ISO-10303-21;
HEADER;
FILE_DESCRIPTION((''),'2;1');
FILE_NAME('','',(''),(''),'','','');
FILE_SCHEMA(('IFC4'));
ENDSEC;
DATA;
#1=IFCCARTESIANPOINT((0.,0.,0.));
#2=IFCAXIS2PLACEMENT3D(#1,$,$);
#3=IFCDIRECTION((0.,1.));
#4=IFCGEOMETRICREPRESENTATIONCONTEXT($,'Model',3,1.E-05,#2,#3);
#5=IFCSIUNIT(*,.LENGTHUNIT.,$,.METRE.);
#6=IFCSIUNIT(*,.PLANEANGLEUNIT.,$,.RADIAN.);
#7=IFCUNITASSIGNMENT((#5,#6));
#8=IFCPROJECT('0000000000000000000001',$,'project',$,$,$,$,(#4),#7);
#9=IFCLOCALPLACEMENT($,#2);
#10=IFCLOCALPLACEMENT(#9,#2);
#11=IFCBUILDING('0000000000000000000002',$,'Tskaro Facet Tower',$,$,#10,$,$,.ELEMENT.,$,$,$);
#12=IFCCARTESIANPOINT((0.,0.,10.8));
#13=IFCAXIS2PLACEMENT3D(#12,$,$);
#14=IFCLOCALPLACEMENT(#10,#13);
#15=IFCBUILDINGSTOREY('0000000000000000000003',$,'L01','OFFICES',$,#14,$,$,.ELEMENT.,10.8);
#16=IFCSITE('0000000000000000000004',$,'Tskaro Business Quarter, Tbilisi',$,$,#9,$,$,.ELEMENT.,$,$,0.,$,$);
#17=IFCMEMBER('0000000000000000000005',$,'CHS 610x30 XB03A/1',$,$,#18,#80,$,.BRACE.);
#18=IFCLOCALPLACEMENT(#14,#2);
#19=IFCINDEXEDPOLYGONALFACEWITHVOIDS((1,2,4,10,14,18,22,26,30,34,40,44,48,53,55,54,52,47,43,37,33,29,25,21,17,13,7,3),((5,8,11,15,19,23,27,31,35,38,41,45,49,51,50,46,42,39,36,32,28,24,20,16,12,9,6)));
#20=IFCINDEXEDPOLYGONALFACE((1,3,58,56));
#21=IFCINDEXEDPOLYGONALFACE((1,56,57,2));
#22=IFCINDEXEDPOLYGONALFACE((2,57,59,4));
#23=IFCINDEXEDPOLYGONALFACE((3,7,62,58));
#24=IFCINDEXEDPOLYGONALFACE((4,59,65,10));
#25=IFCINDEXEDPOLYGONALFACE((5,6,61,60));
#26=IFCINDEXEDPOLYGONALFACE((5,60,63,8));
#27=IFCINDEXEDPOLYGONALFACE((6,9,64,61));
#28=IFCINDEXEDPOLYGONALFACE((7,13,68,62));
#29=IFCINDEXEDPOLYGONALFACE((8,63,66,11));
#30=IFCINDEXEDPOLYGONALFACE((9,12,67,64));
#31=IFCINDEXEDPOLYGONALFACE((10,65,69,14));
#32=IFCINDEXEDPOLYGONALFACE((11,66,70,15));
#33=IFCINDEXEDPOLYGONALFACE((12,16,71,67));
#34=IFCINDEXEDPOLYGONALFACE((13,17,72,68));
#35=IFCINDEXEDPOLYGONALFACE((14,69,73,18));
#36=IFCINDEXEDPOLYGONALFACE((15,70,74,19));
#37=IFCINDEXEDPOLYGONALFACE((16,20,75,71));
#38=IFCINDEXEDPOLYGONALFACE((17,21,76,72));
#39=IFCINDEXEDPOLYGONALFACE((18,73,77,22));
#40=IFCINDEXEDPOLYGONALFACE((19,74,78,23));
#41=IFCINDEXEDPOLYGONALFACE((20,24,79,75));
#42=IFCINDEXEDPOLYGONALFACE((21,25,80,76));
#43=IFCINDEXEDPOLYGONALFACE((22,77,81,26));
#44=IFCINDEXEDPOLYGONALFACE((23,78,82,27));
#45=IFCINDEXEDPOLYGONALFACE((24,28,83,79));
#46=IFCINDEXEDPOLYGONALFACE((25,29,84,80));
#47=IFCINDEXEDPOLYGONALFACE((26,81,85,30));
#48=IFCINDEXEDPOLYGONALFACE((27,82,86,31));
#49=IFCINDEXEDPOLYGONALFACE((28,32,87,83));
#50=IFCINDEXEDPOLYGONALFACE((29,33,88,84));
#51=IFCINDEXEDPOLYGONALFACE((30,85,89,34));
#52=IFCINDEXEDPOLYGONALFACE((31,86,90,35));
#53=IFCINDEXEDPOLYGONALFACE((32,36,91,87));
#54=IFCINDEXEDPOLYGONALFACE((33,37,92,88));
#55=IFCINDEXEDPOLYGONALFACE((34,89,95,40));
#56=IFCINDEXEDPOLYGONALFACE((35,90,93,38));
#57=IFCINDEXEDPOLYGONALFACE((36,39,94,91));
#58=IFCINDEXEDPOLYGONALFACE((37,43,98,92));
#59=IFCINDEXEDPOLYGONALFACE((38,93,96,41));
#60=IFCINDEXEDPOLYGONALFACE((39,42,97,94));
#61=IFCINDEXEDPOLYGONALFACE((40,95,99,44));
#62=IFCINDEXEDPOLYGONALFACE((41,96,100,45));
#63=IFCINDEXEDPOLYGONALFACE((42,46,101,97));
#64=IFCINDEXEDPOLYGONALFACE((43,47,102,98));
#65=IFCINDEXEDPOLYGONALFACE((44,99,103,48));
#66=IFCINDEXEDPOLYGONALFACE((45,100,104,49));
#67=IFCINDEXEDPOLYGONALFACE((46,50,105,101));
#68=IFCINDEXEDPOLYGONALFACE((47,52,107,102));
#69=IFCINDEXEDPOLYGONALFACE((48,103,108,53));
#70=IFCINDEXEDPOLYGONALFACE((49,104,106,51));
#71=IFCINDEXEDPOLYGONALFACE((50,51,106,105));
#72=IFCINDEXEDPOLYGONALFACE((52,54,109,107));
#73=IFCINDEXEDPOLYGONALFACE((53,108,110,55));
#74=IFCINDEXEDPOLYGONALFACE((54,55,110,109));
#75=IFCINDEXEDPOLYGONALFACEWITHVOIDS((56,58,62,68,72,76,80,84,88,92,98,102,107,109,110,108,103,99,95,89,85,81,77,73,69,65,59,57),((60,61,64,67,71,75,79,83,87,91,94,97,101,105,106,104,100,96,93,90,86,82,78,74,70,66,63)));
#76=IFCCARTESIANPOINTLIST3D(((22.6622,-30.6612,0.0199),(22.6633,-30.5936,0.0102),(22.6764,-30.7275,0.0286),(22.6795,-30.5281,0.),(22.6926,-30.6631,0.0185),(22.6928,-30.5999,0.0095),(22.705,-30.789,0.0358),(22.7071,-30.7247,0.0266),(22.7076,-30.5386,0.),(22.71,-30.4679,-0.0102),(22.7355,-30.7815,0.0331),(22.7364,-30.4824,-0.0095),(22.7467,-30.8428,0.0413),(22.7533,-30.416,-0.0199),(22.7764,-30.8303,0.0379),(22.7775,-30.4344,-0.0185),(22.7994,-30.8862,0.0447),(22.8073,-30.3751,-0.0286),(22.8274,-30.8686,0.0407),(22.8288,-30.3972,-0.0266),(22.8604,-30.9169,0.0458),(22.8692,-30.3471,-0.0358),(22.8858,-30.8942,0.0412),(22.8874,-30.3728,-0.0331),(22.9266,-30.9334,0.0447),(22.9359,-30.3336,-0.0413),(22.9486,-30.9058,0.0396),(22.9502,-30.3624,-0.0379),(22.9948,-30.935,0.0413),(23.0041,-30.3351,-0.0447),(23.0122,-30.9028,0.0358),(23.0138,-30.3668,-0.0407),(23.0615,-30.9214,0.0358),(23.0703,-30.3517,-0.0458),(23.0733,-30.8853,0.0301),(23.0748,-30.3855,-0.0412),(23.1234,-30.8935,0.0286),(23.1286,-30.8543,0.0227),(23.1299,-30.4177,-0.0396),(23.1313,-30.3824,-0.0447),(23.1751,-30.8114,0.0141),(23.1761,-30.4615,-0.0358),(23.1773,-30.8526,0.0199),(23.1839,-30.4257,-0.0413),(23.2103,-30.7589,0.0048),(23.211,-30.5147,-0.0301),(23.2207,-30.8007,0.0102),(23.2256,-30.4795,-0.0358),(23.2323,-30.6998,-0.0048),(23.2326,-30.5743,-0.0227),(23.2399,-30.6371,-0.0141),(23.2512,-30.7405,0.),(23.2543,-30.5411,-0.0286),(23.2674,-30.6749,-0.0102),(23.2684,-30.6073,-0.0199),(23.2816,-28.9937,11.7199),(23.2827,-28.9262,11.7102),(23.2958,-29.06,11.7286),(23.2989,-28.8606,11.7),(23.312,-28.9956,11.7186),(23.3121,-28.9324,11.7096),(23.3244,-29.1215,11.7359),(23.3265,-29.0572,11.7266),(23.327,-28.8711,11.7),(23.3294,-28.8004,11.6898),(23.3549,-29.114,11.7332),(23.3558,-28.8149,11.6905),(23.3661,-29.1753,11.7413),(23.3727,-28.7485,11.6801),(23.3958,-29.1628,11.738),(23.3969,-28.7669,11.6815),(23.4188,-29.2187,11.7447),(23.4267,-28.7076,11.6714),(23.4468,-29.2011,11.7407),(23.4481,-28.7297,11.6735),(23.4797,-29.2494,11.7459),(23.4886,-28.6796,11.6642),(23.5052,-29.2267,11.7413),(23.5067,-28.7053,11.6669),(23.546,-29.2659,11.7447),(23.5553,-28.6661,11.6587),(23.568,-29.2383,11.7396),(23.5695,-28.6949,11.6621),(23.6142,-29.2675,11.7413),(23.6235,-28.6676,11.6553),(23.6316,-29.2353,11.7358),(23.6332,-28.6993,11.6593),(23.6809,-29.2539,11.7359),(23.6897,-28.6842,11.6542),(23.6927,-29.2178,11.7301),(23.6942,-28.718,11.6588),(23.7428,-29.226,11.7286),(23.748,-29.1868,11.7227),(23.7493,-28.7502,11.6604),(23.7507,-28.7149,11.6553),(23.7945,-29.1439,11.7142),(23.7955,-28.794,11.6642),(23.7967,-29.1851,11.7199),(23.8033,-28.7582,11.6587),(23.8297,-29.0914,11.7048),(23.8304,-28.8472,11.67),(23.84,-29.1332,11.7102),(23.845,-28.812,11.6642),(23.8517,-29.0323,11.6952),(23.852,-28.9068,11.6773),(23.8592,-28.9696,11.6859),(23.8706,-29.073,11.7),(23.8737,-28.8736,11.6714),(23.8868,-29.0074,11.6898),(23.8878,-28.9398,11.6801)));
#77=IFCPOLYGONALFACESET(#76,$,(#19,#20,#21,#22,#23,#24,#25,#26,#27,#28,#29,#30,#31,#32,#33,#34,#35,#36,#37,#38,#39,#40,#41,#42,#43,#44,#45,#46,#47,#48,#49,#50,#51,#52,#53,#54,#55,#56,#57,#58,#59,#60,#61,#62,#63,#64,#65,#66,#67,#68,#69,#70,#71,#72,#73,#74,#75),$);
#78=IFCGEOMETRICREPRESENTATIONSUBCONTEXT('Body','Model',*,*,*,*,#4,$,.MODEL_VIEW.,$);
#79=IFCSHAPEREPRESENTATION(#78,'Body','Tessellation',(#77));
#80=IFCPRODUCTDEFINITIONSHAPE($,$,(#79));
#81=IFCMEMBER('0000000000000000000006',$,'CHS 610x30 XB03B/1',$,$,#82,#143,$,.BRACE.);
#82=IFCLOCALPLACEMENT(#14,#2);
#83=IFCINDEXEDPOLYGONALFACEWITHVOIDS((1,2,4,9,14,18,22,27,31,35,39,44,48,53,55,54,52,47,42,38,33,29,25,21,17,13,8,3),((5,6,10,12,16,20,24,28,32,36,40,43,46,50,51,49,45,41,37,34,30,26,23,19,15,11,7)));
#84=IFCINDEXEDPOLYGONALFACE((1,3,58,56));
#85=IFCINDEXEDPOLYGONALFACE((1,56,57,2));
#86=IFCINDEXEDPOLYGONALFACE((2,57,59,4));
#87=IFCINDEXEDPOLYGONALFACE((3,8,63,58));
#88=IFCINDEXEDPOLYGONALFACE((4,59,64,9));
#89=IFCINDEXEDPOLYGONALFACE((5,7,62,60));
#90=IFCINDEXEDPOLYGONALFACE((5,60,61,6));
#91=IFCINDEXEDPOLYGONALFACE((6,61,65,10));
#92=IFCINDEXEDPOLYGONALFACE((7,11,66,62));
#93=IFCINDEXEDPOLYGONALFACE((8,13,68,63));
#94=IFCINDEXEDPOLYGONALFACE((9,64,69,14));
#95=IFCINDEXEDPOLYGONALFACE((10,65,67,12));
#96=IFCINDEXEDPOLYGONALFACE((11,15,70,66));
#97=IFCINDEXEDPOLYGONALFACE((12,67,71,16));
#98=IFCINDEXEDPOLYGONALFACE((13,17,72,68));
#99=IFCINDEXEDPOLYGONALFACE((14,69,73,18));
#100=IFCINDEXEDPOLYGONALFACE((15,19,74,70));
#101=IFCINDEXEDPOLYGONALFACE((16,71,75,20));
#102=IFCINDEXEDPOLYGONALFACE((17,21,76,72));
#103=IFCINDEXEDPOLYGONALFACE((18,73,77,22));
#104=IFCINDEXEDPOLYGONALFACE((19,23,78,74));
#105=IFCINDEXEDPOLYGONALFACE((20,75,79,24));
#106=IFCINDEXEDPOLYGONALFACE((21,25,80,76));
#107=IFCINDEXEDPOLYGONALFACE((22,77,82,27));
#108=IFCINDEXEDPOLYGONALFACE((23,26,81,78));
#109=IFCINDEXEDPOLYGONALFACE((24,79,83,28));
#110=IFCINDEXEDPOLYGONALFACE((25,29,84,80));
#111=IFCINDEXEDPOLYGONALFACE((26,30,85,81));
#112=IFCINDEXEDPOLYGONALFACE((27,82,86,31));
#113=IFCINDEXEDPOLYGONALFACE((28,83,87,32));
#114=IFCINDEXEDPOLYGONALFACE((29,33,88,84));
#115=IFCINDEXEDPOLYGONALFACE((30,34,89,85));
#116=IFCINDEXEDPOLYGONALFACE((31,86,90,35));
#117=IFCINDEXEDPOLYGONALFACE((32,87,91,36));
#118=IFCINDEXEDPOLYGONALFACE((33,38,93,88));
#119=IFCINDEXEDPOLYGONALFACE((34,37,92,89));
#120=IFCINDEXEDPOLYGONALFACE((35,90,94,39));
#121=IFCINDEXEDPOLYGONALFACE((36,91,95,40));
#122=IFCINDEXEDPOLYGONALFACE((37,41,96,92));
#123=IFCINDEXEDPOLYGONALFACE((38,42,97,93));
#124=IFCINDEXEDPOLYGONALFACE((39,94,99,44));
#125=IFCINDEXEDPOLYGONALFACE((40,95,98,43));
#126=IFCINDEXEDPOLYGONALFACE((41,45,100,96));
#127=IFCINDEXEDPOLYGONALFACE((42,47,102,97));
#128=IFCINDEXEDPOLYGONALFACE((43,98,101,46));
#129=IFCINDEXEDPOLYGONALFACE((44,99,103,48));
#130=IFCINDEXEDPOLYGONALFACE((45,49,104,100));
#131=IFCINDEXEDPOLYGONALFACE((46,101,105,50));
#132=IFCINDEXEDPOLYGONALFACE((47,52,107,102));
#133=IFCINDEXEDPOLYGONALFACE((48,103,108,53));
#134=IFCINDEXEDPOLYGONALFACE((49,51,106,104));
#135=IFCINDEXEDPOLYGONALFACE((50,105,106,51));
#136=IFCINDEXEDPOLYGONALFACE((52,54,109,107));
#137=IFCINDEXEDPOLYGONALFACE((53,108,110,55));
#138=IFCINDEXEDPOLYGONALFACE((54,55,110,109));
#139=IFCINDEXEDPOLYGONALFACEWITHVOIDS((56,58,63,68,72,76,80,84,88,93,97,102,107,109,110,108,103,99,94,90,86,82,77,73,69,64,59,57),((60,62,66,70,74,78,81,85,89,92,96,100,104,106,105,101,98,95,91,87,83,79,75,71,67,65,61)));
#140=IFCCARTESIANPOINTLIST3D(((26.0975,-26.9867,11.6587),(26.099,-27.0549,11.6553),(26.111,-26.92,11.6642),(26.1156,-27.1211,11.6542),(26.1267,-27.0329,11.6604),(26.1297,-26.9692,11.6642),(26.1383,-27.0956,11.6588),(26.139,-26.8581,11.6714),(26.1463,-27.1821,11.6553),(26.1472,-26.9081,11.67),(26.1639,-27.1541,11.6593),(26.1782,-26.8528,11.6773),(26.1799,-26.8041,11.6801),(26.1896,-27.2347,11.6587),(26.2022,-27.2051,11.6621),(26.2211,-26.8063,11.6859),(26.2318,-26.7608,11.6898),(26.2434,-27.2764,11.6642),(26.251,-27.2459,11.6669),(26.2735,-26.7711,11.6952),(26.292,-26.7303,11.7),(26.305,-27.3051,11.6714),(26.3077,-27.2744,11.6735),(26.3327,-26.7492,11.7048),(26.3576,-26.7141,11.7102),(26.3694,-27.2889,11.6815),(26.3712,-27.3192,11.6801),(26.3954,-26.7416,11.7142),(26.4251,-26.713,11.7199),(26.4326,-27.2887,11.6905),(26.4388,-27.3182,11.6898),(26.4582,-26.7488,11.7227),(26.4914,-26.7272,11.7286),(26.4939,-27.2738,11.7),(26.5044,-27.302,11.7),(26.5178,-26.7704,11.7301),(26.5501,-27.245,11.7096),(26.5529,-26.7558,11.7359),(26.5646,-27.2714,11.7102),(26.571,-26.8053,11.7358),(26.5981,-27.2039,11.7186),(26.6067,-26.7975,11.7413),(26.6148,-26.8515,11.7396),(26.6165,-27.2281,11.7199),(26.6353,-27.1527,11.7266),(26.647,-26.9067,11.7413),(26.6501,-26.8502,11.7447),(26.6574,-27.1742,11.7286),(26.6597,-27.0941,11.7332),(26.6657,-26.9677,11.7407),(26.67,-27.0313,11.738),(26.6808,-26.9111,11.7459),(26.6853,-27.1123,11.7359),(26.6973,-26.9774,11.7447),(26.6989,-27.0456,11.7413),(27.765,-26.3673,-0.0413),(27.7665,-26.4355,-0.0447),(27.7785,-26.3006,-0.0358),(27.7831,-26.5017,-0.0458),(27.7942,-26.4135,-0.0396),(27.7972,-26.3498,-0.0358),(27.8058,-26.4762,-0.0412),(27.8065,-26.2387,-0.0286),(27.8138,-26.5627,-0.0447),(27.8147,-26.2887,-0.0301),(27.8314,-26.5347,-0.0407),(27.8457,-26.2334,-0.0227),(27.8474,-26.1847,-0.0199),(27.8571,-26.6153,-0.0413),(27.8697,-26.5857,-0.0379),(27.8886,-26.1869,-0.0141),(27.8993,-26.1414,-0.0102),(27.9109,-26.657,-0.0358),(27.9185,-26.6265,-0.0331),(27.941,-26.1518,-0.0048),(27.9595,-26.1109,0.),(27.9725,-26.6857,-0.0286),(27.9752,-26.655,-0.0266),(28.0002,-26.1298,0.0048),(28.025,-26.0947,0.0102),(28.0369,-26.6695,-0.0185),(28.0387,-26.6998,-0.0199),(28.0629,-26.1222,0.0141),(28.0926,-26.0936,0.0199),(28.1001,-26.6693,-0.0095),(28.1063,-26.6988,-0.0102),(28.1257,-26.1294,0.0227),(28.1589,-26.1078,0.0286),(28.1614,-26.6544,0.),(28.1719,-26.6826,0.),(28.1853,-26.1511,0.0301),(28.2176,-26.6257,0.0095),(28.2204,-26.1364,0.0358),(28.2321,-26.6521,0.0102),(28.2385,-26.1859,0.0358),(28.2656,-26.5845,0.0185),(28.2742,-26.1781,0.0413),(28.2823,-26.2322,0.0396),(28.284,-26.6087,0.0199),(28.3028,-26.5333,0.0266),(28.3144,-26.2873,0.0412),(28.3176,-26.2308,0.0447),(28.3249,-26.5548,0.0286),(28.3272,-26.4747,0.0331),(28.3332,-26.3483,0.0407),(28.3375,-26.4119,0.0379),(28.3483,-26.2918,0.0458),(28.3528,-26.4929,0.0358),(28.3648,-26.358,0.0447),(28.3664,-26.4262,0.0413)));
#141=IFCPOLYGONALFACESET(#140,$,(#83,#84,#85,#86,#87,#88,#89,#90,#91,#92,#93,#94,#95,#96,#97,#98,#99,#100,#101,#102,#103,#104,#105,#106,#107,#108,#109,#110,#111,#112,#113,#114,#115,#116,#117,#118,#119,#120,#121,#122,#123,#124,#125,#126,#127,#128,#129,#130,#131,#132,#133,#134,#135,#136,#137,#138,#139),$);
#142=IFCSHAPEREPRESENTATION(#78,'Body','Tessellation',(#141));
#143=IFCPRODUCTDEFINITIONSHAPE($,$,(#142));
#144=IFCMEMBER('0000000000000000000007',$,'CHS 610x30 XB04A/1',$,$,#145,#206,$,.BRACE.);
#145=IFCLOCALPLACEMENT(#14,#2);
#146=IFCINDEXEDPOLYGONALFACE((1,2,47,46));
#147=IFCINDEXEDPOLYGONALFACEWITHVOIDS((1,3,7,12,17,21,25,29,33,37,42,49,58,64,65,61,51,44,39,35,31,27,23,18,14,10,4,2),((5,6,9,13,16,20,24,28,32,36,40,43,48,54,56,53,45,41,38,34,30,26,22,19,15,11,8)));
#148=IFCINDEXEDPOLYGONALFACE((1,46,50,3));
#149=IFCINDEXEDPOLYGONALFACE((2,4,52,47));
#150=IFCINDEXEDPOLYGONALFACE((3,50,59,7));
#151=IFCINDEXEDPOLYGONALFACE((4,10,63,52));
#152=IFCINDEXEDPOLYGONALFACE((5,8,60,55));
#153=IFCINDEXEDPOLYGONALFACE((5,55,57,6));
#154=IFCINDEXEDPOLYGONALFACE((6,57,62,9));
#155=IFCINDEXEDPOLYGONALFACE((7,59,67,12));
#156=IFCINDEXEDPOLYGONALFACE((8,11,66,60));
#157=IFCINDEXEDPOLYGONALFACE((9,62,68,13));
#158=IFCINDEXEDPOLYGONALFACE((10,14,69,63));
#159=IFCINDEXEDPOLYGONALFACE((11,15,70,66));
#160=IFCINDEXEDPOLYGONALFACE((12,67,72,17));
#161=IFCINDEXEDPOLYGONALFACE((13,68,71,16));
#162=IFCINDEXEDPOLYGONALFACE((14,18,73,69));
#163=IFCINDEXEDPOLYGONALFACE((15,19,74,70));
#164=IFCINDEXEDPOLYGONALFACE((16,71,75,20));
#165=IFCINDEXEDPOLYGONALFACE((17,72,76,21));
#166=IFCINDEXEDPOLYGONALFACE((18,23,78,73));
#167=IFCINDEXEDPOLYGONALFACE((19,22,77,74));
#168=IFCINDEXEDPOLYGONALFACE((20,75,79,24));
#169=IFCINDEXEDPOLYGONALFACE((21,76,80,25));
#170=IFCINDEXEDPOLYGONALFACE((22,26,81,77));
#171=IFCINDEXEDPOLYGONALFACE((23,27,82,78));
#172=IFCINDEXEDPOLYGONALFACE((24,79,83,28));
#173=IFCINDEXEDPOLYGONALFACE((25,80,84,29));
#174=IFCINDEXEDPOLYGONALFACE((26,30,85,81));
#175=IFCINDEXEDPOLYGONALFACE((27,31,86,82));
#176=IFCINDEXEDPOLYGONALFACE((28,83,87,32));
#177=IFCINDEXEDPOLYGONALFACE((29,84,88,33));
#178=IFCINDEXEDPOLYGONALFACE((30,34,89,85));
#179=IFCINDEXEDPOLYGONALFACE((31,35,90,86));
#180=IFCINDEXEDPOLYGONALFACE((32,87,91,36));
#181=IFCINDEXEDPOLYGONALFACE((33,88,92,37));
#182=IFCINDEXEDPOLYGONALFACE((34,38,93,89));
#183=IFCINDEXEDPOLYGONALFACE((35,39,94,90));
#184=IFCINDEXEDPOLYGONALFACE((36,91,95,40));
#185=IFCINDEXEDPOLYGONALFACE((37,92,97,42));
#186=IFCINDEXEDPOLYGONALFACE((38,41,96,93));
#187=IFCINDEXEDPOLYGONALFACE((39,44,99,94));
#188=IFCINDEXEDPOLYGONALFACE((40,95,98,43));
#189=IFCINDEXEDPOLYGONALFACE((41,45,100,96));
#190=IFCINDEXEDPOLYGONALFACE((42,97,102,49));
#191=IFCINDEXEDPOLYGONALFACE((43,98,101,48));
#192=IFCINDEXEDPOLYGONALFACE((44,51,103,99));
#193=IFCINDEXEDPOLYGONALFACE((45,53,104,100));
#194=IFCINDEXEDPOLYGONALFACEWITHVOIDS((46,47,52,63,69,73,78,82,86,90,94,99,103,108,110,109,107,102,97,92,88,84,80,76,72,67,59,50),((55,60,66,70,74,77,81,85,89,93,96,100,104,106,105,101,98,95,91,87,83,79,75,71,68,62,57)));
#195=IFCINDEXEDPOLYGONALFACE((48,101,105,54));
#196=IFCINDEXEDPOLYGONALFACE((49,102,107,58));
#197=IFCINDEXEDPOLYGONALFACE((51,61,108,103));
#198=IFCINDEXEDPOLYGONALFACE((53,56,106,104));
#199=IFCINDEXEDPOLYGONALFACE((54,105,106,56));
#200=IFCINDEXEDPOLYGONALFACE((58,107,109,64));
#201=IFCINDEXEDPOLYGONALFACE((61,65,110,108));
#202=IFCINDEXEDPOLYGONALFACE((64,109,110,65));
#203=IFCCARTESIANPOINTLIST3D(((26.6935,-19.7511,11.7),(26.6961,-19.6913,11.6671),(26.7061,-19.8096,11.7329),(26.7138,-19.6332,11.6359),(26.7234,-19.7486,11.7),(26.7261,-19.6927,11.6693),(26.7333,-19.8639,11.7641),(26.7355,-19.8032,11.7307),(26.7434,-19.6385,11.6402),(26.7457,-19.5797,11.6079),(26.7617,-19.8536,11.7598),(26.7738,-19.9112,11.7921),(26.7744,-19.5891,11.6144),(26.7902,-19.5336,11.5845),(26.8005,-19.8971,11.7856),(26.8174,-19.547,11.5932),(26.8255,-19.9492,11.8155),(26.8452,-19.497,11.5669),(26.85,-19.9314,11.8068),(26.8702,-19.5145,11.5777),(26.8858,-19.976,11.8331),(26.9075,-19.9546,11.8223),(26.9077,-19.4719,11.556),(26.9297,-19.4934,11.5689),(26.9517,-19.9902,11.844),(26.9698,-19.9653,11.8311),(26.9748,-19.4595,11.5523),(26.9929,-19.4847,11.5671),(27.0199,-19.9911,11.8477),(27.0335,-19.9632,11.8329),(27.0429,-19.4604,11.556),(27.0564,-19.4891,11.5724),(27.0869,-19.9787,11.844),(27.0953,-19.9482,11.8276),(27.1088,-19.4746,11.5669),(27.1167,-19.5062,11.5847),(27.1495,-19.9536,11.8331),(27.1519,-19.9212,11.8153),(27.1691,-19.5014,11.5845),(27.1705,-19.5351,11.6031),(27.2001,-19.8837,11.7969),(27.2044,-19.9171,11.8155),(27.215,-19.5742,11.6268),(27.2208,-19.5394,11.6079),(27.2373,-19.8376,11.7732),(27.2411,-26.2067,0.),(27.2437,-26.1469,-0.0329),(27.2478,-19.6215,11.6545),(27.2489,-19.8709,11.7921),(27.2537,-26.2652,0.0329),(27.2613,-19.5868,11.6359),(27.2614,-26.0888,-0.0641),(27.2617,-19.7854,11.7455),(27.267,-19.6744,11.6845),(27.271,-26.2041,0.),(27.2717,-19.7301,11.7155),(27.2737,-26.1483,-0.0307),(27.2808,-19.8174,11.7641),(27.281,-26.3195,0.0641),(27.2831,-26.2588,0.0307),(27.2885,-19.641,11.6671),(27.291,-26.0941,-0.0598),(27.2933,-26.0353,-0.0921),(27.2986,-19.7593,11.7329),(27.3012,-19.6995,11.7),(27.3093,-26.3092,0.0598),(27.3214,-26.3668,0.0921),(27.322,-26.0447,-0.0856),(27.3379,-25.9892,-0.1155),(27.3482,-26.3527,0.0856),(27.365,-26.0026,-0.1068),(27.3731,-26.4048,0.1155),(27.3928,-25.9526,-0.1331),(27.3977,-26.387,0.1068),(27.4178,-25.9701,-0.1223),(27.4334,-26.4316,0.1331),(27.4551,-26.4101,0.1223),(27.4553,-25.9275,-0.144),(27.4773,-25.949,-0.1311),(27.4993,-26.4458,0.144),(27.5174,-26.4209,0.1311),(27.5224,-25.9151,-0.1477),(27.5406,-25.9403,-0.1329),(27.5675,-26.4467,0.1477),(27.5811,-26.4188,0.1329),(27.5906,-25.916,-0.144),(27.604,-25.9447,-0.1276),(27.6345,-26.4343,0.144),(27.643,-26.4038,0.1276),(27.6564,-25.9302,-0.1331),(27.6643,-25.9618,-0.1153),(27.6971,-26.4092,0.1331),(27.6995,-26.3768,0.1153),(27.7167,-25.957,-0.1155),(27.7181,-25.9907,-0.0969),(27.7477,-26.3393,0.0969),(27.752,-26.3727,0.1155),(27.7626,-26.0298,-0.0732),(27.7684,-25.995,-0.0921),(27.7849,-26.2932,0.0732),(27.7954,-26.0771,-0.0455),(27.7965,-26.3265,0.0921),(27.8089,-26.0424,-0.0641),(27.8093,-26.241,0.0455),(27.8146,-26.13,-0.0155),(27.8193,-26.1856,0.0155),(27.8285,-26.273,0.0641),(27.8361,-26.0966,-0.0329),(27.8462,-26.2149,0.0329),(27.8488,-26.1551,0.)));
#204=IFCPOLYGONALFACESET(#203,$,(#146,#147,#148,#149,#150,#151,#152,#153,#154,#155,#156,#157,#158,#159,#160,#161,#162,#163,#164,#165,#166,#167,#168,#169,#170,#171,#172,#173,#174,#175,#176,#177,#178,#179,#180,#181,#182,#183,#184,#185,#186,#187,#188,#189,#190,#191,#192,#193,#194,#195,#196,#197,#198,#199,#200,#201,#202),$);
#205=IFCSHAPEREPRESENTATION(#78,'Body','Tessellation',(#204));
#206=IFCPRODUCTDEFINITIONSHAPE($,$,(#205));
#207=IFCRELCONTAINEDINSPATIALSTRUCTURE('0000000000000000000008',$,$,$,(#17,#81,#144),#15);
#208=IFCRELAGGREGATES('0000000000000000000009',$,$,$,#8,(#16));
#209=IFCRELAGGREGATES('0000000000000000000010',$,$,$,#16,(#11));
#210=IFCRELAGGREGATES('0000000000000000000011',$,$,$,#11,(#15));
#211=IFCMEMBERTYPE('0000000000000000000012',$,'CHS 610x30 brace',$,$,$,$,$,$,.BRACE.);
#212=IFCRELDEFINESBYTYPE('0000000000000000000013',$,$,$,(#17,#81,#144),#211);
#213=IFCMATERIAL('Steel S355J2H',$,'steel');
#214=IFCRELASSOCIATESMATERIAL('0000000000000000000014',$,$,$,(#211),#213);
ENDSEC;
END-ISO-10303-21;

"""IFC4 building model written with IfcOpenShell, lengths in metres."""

from ifc_helpers import new_model, si_unit, direction, frame, origin, origin_2d, place, context, subcontext, project, spatial, hollow_circle, extrude, material, material_profile, profile_set, type_object, element, save


model = new_model("IFC4")

# Units and contexts
model_context = context("Model", 3, precision=1e-05, world=origin(), true_north=direction((0.0, 1.0)))
body_context = subcontext(model_context, "Body", "Model", "MODEL_VIEW")
ifc_project = project(units=[si_unit("LENGTHUNIT", "METRE"), si_unit("PLANEANGLEUNIT", "RADIAN")], contexts=[model_context])

# Site, building, storey
site_placement = place(None, origin())
site = spatial("IfcSite", under=ifc_project, at=site_placement, Name="Tskaro Business Quarter, Tbilisi", CompositionType="ELEMENT", RefElevation=0.0)
building_placement = place(site_placement, origin())
building = spatial("IfcBuilding", under=site, at=building_placement, Name="Tskaro Facet Tower", CompositionType="ELEMENT")
storey_placement = place(building_placement, frame((0.0, 0.0, 10.8)))
storey = spatial("IfcBuildingStorey", under=building, at=storey_placement, Name="L01", Description="OFFICES", CompositionType="ELEMENT", Elevation=10.8)

# Shared definitions
ifc_material_1 = material(Name="Steel S355J2H", Category="steel")

# Members
ifc_material_profile_1 = material_profile(ifc_material_1, hollow_circle(Radius=0.3049, WallThickness=0.03, at=origin_2d()), Name="CHS 610x30")
ifc_profile_set_1 = profile_set([ifc_material_profile_1], Name="Steel S355J2H")
member_type_1 = type_object("IfcMemberType", Name="CHS 610x30 brace", PredefinedType="BRACE", material=ifc_profile_set_1)
for number, where, z_axis, x_axis, name in (
    (1, (22.9653, -30.6343, 0.0), (0.052338, 0.140901, 0.988639), (-0.937419, 0.348204, 0.0), "CHS 610x30 XB03A/1"),
    (2, (28.0657, -26.3967, 0.0), (-0.140901, -0.052338, 0.988639), (0.348204, -0.937419, 0.0), "CHS 610x30 XB03B/1"),
):
    element("IfcMember", number, at=place(storey_placement, frame(where, z_axis=z_axis, x_axis=x_axis)), inside=storey, type_object=member_type_1, Name=name, PredefinedType="BRACE", context=body_context, shape_type="SweptSolid", body=[
        extrude(hollow_circle(Radius=0.3049, WallThickness=0.03, at=origin_2d()), origin(), (0.0, 0.0, 1.0), 11.8345),
    ])
member_1_placement = place(storey_placement, frame((27.5449, -26.1809, 0.0), z_axis=(-0.040946, 0.482696, 0.87483), x_axis=(-0.996421, -0.084524, 0.0)))
element("IfcMember", 3, at=member_1_placement, inside=storey, type_object=member_type_1, Name="CHS 610x30 XB04A/1", PredefinedType="BRACE", context=body_context, shape_type="SweptSolid", body=[
    extrude(hollow_circle(Radius=0.3049, WallThickness=0.03, at=origin_2d()), origin(), (0.0, 0.0, 1.0), 13.374),
])

save(model, "model.ifc")
